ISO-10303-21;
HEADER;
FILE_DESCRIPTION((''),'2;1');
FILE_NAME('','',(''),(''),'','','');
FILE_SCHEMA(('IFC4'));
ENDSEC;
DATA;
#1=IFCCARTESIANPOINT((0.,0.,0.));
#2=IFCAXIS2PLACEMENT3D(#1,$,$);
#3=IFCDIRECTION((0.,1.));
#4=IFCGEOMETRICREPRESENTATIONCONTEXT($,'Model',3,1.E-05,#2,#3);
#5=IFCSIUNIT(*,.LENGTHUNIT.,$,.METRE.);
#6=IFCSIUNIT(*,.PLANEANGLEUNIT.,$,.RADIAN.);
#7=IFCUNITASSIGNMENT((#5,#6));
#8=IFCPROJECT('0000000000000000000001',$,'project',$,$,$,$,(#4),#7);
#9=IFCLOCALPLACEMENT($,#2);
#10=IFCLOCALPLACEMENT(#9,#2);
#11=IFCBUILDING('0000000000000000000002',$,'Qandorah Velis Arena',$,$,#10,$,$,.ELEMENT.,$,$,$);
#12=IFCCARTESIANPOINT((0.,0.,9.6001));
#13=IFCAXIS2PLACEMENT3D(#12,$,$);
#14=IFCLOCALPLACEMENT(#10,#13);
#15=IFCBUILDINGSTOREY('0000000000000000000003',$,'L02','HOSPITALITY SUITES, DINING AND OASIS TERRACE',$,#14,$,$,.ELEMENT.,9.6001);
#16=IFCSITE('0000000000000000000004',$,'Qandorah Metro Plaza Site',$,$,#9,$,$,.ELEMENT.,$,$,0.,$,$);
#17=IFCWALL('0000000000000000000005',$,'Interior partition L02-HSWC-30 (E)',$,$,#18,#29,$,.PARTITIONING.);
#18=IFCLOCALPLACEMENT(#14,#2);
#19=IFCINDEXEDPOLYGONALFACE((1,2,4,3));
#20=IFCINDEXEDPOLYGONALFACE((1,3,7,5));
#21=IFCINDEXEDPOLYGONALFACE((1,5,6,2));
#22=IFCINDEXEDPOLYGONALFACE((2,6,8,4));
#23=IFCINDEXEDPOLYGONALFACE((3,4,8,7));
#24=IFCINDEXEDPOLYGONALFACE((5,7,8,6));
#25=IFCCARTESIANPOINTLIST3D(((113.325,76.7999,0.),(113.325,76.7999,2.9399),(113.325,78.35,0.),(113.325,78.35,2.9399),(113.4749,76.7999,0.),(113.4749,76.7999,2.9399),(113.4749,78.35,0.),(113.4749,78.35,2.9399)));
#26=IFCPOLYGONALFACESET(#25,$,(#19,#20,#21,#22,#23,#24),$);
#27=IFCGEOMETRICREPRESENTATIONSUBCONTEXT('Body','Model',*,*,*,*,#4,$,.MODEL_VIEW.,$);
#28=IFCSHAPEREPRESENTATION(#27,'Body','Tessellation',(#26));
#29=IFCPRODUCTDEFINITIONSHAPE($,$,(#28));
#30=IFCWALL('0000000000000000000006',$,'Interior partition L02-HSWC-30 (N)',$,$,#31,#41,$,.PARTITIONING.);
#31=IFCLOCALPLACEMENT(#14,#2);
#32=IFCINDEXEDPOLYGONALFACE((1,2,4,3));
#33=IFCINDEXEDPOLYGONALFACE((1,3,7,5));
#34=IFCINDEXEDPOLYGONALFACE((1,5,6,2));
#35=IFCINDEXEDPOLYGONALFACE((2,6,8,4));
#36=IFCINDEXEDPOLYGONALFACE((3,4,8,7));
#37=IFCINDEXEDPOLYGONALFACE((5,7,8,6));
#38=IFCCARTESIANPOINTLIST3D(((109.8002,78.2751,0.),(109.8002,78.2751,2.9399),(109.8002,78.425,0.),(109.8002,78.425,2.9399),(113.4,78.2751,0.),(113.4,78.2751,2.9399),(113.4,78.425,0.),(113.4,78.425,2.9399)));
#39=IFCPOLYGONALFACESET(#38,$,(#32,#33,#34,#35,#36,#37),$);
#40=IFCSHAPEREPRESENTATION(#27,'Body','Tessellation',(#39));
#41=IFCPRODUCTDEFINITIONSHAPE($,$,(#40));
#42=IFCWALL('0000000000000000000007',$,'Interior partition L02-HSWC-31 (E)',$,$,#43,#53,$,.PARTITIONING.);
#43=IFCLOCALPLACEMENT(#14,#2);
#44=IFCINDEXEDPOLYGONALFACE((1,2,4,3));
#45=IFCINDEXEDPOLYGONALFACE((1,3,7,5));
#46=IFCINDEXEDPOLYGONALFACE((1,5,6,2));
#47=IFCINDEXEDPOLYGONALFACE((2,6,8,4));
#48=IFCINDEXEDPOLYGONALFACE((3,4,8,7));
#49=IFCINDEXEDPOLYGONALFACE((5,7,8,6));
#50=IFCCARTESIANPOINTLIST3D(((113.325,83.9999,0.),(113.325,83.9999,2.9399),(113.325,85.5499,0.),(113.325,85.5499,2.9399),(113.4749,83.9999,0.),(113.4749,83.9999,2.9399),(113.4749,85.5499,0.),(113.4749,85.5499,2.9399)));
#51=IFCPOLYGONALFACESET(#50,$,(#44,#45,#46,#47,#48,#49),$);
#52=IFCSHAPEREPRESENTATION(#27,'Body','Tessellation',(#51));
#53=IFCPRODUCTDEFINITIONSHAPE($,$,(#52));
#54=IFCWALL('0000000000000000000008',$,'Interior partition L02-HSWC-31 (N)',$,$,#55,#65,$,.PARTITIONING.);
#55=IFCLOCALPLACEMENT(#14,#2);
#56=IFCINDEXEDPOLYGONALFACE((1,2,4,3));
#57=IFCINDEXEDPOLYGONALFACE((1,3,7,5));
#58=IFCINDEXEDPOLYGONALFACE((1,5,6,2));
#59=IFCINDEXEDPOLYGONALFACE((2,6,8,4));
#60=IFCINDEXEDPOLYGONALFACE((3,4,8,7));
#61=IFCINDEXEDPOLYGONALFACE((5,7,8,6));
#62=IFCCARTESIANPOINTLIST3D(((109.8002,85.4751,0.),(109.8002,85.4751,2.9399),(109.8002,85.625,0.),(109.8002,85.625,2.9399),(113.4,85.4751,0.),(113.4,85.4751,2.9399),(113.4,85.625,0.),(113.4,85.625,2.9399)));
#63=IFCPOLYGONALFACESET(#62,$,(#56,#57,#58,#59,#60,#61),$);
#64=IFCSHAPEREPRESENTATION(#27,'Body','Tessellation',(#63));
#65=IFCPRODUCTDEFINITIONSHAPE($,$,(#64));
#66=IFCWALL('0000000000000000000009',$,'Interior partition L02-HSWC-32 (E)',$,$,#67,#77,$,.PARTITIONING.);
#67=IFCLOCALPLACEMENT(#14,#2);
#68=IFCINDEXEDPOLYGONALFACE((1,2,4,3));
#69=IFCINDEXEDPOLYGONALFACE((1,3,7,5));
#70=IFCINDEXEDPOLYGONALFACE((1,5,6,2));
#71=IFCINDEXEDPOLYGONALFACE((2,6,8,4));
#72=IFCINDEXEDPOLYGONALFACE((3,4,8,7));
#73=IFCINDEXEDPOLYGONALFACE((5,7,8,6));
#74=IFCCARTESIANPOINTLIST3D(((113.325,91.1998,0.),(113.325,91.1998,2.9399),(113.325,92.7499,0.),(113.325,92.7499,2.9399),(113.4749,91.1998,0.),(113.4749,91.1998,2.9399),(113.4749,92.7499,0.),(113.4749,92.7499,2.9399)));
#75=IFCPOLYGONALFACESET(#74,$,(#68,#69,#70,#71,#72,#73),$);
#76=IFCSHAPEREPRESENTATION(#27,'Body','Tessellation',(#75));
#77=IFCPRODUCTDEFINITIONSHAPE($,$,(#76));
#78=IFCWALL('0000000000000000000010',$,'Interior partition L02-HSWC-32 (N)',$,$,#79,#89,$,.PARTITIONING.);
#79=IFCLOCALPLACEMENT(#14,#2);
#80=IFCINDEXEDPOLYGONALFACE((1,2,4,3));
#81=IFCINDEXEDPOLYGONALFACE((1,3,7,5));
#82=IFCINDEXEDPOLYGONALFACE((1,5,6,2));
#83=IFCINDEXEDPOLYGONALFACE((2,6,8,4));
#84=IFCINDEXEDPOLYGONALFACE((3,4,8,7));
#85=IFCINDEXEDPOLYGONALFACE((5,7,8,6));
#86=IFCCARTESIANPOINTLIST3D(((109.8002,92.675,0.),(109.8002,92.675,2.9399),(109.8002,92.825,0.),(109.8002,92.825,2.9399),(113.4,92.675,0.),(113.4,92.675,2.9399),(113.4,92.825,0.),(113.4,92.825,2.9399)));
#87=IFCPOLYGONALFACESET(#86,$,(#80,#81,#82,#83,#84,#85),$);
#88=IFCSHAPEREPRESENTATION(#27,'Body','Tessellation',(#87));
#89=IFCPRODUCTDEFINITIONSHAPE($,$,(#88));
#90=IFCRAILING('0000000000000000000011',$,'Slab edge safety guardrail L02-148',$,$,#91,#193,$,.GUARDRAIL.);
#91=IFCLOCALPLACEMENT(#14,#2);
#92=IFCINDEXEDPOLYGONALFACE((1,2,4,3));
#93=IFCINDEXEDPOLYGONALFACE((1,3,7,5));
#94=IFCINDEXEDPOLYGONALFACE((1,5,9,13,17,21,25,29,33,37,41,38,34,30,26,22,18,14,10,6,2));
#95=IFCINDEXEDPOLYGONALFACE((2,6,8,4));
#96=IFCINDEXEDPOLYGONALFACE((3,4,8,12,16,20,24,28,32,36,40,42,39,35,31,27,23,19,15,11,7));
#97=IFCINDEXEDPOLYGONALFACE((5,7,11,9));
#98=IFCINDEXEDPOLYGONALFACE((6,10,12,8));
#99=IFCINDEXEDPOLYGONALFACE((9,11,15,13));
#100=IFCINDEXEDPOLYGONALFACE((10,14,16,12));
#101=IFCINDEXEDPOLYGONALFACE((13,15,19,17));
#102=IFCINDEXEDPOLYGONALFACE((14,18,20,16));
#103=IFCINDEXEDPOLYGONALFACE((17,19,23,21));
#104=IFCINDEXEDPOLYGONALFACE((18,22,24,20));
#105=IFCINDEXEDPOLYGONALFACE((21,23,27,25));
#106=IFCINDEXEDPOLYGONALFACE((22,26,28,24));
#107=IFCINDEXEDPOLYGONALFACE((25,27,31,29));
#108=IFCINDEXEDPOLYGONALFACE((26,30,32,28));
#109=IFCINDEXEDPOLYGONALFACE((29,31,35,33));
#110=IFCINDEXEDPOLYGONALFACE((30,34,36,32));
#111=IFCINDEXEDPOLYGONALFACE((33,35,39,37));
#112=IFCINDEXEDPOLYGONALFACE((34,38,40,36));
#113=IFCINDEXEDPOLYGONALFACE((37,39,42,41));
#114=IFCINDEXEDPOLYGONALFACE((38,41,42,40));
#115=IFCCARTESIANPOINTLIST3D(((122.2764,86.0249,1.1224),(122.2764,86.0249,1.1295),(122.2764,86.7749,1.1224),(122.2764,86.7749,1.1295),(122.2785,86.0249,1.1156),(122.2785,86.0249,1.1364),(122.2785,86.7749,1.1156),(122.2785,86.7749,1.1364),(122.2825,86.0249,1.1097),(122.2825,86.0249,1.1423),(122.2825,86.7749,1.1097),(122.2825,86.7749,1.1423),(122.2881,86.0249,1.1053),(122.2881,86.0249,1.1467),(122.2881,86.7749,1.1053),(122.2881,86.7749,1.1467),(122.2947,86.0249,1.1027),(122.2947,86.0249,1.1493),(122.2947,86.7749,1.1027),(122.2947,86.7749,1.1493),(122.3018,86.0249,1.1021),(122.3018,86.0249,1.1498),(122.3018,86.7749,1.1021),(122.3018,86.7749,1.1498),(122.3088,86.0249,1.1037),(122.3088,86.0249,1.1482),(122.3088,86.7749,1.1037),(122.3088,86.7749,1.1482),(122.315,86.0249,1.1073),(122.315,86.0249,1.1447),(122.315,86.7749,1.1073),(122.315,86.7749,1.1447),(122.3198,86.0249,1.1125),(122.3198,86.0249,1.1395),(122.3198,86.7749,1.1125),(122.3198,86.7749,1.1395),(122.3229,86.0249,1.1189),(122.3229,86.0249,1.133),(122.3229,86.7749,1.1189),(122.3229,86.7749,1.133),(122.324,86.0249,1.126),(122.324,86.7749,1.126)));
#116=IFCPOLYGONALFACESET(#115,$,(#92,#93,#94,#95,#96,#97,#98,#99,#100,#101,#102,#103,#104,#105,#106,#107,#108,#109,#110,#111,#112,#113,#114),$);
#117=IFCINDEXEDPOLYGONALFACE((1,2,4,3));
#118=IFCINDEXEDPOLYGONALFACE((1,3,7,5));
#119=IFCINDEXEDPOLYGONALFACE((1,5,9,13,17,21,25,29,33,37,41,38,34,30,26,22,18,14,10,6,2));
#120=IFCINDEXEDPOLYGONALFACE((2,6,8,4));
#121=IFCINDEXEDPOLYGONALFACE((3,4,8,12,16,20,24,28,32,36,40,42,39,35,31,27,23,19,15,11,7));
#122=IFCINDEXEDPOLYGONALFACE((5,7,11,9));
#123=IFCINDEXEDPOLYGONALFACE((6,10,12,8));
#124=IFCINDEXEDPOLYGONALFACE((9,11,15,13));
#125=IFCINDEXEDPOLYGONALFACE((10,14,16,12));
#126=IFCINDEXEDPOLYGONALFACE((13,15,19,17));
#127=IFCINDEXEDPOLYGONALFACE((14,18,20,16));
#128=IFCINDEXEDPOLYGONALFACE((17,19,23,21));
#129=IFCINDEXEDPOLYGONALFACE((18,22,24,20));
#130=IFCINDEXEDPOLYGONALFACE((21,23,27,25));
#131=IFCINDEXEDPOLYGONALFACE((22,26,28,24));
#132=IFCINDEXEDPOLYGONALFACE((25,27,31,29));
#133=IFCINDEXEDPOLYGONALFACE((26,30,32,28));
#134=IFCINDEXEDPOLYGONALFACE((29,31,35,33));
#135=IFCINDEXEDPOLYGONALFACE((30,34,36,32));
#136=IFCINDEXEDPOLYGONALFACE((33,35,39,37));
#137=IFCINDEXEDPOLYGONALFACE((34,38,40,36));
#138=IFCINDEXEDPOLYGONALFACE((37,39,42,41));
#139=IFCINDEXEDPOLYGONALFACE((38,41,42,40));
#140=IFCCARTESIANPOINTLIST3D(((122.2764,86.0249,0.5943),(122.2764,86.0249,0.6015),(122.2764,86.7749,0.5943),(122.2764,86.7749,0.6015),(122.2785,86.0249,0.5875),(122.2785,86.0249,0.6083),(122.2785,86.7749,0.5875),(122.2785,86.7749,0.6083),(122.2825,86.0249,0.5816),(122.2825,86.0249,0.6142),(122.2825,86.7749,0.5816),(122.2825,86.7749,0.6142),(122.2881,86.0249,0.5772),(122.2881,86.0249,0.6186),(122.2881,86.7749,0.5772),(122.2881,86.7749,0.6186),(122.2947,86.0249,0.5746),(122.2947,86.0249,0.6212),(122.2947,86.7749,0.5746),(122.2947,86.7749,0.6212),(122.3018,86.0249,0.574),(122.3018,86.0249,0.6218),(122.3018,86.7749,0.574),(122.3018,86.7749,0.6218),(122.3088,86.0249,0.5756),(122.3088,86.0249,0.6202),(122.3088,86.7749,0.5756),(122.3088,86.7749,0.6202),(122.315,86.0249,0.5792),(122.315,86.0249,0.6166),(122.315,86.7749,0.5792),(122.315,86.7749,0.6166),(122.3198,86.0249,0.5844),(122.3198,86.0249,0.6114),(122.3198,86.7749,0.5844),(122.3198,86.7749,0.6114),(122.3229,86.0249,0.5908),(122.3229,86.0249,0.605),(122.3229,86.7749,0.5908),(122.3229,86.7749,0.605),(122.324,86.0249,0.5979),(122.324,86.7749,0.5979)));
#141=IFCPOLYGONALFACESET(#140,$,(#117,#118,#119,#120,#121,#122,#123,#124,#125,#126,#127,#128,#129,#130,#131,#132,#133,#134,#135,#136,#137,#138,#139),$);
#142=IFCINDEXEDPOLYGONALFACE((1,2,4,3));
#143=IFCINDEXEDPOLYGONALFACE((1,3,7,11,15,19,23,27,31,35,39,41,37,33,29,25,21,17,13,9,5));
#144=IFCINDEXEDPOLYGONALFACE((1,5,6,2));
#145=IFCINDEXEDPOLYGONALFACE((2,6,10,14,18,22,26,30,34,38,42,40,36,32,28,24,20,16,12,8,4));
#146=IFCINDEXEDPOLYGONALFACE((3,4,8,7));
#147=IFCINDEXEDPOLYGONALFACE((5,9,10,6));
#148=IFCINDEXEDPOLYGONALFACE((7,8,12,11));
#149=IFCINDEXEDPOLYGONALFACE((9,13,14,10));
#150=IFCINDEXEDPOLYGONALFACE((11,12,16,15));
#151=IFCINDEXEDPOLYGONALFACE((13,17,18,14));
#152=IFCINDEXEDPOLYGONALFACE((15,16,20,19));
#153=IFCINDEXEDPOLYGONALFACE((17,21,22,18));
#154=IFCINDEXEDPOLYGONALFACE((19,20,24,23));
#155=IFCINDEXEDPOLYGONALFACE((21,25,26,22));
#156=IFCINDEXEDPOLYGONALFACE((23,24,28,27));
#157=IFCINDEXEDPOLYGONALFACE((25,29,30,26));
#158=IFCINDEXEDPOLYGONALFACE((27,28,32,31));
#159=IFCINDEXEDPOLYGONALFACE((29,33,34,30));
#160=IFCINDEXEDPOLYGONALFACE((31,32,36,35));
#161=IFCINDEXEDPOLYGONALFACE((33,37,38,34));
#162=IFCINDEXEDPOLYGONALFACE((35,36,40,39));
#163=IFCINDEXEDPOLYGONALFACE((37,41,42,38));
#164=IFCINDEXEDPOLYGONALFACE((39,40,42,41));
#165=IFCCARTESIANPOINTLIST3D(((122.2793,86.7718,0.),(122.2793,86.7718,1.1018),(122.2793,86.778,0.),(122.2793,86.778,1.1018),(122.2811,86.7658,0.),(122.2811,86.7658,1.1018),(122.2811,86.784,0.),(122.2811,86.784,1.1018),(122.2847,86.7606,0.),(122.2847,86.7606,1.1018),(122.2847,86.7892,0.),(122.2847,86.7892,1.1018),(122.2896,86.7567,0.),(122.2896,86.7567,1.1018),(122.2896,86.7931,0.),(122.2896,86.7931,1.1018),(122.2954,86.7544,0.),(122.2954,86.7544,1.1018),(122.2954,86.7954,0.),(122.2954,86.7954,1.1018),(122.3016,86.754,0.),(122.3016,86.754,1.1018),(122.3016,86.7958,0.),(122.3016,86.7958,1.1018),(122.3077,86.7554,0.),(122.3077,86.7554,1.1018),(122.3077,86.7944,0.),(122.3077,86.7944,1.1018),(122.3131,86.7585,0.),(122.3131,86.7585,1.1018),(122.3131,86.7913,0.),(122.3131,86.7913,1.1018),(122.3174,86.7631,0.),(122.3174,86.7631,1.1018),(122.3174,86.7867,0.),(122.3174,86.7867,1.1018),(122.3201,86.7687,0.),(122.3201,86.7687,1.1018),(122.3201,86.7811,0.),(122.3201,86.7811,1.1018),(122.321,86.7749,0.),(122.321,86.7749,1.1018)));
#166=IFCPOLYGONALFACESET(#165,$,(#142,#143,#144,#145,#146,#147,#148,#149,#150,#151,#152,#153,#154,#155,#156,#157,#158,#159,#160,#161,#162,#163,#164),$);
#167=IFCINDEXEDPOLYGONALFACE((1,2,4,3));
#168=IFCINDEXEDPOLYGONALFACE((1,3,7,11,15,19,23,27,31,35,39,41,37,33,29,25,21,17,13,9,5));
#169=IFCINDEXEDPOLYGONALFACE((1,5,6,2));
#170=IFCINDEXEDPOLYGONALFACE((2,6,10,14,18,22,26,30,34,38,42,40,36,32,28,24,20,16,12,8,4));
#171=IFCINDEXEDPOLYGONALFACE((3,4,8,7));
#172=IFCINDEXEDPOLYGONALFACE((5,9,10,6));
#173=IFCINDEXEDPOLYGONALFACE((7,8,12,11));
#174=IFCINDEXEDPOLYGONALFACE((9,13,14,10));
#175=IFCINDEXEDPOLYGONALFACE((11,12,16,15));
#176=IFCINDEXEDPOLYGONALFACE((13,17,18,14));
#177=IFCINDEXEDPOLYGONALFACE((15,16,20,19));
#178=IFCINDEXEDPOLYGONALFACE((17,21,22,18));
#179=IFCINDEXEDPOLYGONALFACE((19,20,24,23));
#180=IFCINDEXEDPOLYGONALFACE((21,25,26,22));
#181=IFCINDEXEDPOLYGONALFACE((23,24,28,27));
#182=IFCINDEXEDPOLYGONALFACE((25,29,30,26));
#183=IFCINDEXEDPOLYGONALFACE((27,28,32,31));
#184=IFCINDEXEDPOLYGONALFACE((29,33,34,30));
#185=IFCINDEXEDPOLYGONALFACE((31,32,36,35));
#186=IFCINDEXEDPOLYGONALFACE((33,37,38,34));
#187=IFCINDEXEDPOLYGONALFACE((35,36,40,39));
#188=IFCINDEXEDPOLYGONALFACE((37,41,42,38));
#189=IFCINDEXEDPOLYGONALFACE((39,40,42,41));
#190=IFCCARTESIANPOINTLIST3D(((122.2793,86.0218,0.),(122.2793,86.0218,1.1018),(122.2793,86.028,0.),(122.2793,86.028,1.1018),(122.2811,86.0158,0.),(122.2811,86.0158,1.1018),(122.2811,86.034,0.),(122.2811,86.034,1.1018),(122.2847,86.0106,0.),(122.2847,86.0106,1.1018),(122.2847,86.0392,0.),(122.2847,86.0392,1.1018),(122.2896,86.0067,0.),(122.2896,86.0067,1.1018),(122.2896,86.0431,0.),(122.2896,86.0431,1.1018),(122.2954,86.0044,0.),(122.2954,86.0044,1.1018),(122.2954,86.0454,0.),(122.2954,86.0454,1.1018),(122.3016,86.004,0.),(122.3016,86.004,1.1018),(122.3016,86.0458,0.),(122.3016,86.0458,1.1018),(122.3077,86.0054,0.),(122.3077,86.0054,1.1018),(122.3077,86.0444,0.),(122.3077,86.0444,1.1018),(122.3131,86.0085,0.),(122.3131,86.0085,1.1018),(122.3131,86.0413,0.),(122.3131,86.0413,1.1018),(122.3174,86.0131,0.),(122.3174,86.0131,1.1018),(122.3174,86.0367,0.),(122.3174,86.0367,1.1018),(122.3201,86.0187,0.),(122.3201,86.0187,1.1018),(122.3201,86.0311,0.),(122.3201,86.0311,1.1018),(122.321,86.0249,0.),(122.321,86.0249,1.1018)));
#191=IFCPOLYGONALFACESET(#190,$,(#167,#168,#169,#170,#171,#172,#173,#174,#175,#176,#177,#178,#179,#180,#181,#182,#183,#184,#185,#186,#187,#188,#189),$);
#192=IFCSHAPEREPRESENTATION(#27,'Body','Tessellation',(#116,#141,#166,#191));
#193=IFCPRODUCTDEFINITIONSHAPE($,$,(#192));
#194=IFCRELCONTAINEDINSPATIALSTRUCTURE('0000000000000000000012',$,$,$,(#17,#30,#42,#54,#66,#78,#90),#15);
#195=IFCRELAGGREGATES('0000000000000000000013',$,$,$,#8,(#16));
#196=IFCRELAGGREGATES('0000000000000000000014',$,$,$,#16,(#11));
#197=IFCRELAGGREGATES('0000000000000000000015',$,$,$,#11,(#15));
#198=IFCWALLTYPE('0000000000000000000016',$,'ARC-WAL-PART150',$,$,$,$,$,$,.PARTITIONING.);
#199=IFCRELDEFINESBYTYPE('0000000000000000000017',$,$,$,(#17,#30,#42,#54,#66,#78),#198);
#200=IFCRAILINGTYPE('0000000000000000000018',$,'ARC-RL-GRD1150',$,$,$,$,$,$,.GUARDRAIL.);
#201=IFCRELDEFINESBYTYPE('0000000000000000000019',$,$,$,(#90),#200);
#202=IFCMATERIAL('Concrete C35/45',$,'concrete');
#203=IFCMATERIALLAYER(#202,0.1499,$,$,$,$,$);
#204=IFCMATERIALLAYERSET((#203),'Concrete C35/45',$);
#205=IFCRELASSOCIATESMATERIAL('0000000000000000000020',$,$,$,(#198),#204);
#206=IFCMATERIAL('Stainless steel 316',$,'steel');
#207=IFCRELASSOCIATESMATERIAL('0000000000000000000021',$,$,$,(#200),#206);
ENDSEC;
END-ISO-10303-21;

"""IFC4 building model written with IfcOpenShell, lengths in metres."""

from ifc_helpers import new_model, si_unit, direction, frame, frame_2d, origin, origin_2d, place, context, subcontext, project, spatial, rectangle, circle, extrude, material, layer, layer_set, type_object, element, save


model = new_model("IFC4")

# Units and contexts
model_context = context("Model", 3, precision=1e-05, world=origin(), true_north=direction((0.0, 1.0)))
body_context = subcontext(model_context, "Body", "Model", "MODEL_VIEW")
ifc_project = project(units=[si_unit("LENGTHUNIT", "METRE"), si_unit("PLANEANGLEUNIT", "RADIAN")], contexts=[model_context])

# Site, building, storey
site_placement = place(None, origin())
site = spatial("IfcSite", under=ifc_project, at=site_placement, Name="Qandorah Metro Plaza Site", CompositionType="ELEMENT", RefElevation=0.0)
building_placement = place(site_placement, origin())
building = spatial("IfcBuilding", under=site, at=building_placement, Name="Qandorah Velis Arena", CompositionType="ELEMENT")
storey_placement = place(building_placement, frame((0.0, 0.0, 9.6001)))
storey = spatial("IfcBuildingStorey", under=building, at=storey_placement, Name="L02", Description="HOSPITALITY SUITES, DINING AND OASIS TERRACE", CompositionType="ELEMENT", Elevation=9.6001)

# Walls
ifc_material_1 = material(Name="Concrete C35/45", Category="concrete")
ifc_layer_1 = layer(ifc_material_1, 0.1499)
ifc_layer_set_1 = layer_set([ifc_layer_1], Name="Concrete C35/45")
wall_type_1 = type_object("IfcWallType", Name="ARC-WAL-PART150", PredefinedType="PARTITIONING", material=ifc_layer_set_1)
wall_1_placement = place(storey_placement, frame((113.3999, 76.8, 0.0), z_axis=(0.0, 0.0, 1.0), x_axis=(0.0, 1.0, 0.0)))
element("IfcWall", 1, at=wall_1_placement, inside=storey, type_object=wall_type_1, Name="Interior partition L02-HSWC-30 (E)", PredefinedType="PARTITIONING", context=body_context, shape_type="SweptSolid", body=[
    extrude(rectangle(XDim=1.55, YDim=0.1499, at=frame_2d((0.7749, 0.0))), origin(), (0.0, 0.0, 1.0), 2.9399),
])
wall_2_placement = place(storey_placement, frame((113.3999, 78.3501, 0.0), z_axis=(0.0, 0.0, 1.0), x_axis=(-1.0, 0.0, 0.0)))
element("IfcWall", 2, at=wall_2_placement, inside=storey, type_object=wall_type_1, Name="Interior partition L02-HSWC-30 (N)", PredefinedType="PARTITIONING", context=body_context, shape_type="SweptSolid", body=[
    extrude(rectangle(XDim=3.5999, YDim=0.1499, at=frame_2d((1.7998, 0.0))), origin(), (0.0, 0.0, 1.0), 2.9399),
])
wall_3_placement = place(storey_placement, frame((113.3999, 84.0, 0.0), z_axis=(0.0, 0.0, 1.0), x_axis=(0.0, 1.0, 0.0)))
element("IfcWall", 3, at=wall_3_placement, inside=storey, type_object=wall_type_1, Name="Interior partition L02-HSWC-31 (E)", PredefinedType="PARTITIONING", context=body_context, shape_type="SweptSolid", body=[
    extrude(rectangle(XDim=1.55, YDim=0.1499, at=frame_2d((0.7749, 0.0))), origin(), (0.0, 0.0, 1.0), 2.9399),
])
wall_4_placement = place(storey_placement, frame((113.3999, 85.55, 0.0), z_axis=(0.0, 0.0, 1.0), x_axis=(-1.0, 0.0, 0.0)))
element("IfcWall", 4, at=wall_4_placement, inside=storey, type_object=wall_type_1, Name="Interior partition L02-HSWC-31 (N)", PredefinedType="PARTITIONING", context=body_context, shape_type="SweptSolid", body=[
    extrude(rectangle(XDim=3.5999, YDim=0.1499, at=frame_2d((1.7998, 0.0))), origin(), (0.0, 0.0, 1.0), 2.9399),
])
wall_5_placement = place(storey_placement, frame((113.3999, 91.2, 0.0), z_axis=(0.0, 0.0, 1.0), x_axis=(0.0, 1.0, 0.0)))
element("IfcWall", 5, at=wall_5_placement, inside=storey, type_object=wall_type_1, Name="Interior partition L02-HSWC-32 (E)", PredefinedType="PARTITIONING", context=body_context, shape_type="SweptSolid", body=[
    extrude(rectangle(XDim=1.55, YDim=0.1499, at=frame_2d((0.7749, 0.0))), origin(), (0.0, 0.0, 1.0), 2.9399),
])
wall_6_placement = place(storey_placement, frame((113.3999, 92.75, 0.0), z_axis=(0.0, 0.0, 1.0), x_axis=(-1.0, 0.0, 0.0)))
element("IfcWall", 6, at=wall_6_placement, inside=storey, type_object=wall_type_1, Name="Interior partition L02-HSWC-32 (N)", PredefinedType="PARTITIONING", context=body_context, shape_type="SweptSolid", body=[
    extrude(rectangle(XDim=3.5999, YDim=0.1499, at=frame_2d((1.7998, 0.0))), origin(), (0.0, 0.0, 1.0), 2.9399),
])

# Railing
ifc_material_2 = material(Name="Stainless steel 316", Category="steel")
railing_type = type_object("IfcRailingType", Name="ARC-RL-GRD1150", PredefinedType="GUARDRAIL", material=ifc_material_2)
railing_placement = place(storey_placement, frame((122.3, 86.7749, 0.0)))
element("IfcRailing", 7, at=railing_placement, inside=storey, type_object=railing_type, Name="Slab edge safety guardrail L02-148", PredefinedType="GUARDRAIL", context=body_context, shape_type="SweptSolid", body=[
    extrude(circle(Radius=0.0239, at=origin_2d()), frame((0.0, 0.0, 1.126), z_axis=(0.0, -1.0, 0.0), x_axis=(1.0, 0.0, 0.0)), (0.0, 0.0, 1.0), 0.75),
    extrude(circle(Radius=0.0239, at=origin_2d()), frame((0.0, 0.0, 0.5979), z_axis=(0.0, -1.0, 0.0), x_axis=(1.0, 0.0, 0.0)), (0.0, 0.0, 1.0), 0.75),
    extrude(circle(Radius=0.021, at=origin_2d()), origin(), (0.0, 0.0, 1.0), 1.1018),
    extrude(circle(Radius=0.021, at=origin_2d()), frame((0.0, -0.75, 0.0)), (0.0, 0.0, 1.0), 1.1018),
])

save(model, "model.ifc")
